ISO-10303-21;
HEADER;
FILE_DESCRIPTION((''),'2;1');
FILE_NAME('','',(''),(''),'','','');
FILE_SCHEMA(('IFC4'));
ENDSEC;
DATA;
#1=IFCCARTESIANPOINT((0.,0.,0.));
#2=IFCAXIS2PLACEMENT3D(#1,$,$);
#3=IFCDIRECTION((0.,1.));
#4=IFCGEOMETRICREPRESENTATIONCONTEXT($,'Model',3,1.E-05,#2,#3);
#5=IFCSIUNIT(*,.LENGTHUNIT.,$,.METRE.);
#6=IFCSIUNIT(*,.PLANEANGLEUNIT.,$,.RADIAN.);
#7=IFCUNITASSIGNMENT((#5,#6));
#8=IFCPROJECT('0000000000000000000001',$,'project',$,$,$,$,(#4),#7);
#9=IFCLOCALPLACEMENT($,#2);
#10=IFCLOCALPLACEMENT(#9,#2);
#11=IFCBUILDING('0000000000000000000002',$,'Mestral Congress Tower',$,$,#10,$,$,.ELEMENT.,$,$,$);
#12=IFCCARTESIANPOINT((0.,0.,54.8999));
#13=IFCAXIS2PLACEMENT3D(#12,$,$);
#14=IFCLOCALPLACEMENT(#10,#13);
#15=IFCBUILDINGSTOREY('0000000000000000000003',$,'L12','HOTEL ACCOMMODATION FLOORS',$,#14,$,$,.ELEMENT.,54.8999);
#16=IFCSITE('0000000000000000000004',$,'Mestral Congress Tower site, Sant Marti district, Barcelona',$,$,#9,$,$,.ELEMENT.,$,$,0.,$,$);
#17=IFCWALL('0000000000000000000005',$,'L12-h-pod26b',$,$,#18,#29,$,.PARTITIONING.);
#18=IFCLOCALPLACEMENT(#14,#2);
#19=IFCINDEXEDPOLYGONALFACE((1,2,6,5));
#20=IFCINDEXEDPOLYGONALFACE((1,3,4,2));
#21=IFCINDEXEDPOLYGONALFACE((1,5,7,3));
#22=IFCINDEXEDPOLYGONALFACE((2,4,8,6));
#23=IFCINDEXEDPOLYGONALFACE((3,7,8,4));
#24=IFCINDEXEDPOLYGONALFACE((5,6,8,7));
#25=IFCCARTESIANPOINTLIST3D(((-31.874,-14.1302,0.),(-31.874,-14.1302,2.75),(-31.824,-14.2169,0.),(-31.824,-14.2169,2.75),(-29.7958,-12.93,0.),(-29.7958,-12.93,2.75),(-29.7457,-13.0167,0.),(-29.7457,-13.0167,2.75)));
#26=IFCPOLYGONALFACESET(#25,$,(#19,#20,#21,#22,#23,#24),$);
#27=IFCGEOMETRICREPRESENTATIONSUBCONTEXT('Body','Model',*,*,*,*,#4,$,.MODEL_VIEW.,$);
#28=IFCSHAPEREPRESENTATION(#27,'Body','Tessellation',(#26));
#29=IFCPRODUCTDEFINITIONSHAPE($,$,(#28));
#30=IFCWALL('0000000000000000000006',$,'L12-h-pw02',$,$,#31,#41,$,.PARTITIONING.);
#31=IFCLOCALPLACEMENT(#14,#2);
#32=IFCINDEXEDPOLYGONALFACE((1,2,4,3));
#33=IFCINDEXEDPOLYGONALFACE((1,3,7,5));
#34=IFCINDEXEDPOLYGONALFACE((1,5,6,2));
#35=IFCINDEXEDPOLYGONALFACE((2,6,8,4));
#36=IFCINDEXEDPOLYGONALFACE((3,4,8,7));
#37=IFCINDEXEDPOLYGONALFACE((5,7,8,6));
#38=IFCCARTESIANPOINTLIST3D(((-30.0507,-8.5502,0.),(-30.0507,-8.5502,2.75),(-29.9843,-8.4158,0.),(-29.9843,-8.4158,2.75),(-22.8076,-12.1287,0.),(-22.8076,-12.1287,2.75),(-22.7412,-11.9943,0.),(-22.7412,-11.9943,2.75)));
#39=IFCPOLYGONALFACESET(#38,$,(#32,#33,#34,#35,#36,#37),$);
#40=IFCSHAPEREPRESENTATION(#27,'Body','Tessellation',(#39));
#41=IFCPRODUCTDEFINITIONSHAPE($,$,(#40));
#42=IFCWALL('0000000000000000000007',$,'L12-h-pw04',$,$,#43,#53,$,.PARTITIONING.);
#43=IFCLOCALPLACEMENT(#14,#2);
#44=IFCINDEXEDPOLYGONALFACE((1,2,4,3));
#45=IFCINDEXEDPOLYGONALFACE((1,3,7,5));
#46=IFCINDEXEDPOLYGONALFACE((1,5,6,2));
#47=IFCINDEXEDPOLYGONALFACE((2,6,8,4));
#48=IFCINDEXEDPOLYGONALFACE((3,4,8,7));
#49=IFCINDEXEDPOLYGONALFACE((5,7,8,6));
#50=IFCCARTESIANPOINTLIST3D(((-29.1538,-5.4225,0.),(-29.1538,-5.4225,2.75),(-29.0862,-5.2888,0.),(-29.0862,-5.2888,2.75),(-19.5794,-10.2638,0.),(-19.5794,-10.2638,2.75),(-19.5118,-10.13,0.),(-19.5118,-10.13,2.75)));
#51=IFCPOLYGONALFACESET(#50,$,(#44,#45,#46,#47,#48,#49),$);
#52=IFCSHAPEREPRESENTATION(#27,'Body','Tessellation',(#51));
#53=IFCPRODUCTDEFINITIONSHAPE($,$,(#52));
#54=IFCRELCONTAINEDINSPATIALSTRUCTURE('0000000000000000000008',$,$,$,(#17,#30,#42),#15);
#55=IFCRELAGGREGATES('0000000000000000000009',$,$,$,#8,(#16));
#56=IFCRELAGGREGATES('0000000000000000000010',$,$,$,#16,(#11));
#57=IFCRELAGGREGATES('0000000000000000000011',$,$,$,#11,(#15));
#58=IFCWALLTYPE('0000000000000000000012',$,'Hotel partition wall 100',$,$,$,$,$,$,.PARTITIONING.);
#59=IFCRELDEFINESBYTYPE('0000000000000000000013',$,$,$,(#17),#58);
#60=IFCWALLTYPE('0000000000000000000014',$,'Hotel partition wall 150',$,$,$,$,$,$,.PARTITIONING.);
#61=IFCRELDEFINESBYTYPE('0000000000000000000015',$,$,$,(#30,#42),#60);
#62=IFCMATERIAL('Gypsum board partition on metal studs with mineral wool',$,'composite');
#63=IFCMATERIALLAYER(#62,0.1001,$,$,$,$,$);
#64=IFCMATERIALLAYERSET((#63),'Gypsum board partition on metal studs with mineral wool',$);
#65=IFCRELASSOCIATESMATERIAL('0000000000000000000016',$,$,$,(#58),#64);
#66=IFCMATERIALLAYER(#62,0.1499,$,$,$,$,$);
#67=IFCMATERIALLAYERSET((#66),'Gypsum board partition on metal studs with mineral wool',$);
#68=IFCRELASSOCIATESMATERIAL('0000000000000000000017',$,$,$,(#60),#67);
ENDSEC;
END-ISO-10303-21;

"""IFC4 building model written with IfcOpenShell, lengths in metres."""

from ifc_helpers import new_model, si_unit, direction, frame, frame_2d, origin, place, context, subcontext, project, spatial, rectangle, extrude, material, layer, layer_set, type_object, element, save


model = new_model("IFC4")

# Units and contexts
model_context = context("Model", 3, precision=1e-05, world=origin(), true_north=direction((0.0, 1.0)))
body_context = subcontext(model_context, "Body", "Model", "MODEL_VIEW")
ifc_project = project(units=[si_unit("LENGTHUNIT", "METRE"), si_unit("PLANEANGLEUNIT", "RADIAN")], contexts=[model_context])

# Site, building, storey
site_placement = place(None, origin())
site = spatial("IfcSite", under=ifc_project, at=site_placement, Name="Mestral Congress Tower site, Sant Marti district, Barcelona", CompositionType="ELEMENT", RefElevation=0.0)
building_placement = place(site_placement, origin())
building = spatial("IfcBuilding", under=site, at=building_placement, Name="Mestral Congress Tower", CompositionType="ELEMENT")
storey_placement = place(building_placement, frame((0.0, 0.0, 54.8999)))
storey = spatial("IfcBuildingStorey", under=building, at=storey_placement, Name="L12", Description="HOTEL ACCOMMODATION FLOORS", CompositionType="ELEMENT", Elevation=54.8999)

# Walls
ifc_material_1 = material(Name="Gypsum board partition on metal studs with mineral wool", Category="composite")
ifc_layer_1 = layer(ifc_material_1, 0.1001)
ifc_layer_set_1 = layer_set([ifc_layer_1], Name="Gypsum board partition on metal studs with mineral wool")
wall_type_1 = type_object("IfcWallType", Name="Hotel partition wall 100", PredefinedType="PARTITIONING", material=ifc_layer_set_1)
wall_1_placement = place(storey_placement, frame((-29.7708, -12.9734, 0.0), z_axis=(0.0, 0.0, 1.0), x_axis=(-0.865981, -0.500078, 0.0)))
element("IfcWall", 1, at=wall_1_placement, inside=storey, type_object=wall_type_1, Name="L12-h-pod26b", PredefinedType="PARTITIONING", context=body_context, shape_type="SweptSolid", body=[
    extrude(rectangle(XDim=2.3999, YDim=0.1001, at=frame_2d((1.2, 0.0))), origin(), (0.0, 0.0, 1.0), 2.75),
])
ifc_layer_2 = layer(ifc_material_1, 0.1499)
ifc_layer_set_2 = layer_set([ifc_layer_2], Name="Gypsum board partition on metal studs with mineral wool")
wall_type_2 = type_object("IfcWallType", Name="Hotel partition wall 150", PredefinedType="PARTITIONING", material=ifc_layer_set_2)
wall_2_placement = place(storey_placement, frame((-30.0176, -8.4829, 0.0), z_axis=(0.0, 0.0, 1.0), x_axis=(0.896545, -0.442954, 0.0)))
element("IfcWall", 2, at=wall_2_placement, inside=storey, type_object=wall_type_2, Name="L12-h-pw02", PredefinedType="PARTITIONING", context=body_context, shape_type="SweptSolid", body=[
    extrude(rectangle(XDim=8.0789, YDim=0.1499, at=frame_2d((4.0396, 0.0))), origin(), (0.0, 0.0, 1.0), 2.75),
])
wall_3_placement = place(storey_placement, frame((-29.1199, -5.3557, 0.0), z_axis=(0.0, 0.0, 1.0), x_axis=(0.892402, -0.451241, 0.0)))
element("IfcWall", 3, at=wall_3_placement, inside=storey, type_object=wall_type_2, Name="L12-h-pw04", PredefinedType="PARTITIONING", context=body_context, shape_type="SweptSolid", body=[
    extrude(rectangle(XDim=10.7288, YDim=0.1499, at=frame_2d((5.3643, 0.0))), origin(), (0.0, 0.0, 1.0), 2.75),
])

save(model, "model.ifc")
